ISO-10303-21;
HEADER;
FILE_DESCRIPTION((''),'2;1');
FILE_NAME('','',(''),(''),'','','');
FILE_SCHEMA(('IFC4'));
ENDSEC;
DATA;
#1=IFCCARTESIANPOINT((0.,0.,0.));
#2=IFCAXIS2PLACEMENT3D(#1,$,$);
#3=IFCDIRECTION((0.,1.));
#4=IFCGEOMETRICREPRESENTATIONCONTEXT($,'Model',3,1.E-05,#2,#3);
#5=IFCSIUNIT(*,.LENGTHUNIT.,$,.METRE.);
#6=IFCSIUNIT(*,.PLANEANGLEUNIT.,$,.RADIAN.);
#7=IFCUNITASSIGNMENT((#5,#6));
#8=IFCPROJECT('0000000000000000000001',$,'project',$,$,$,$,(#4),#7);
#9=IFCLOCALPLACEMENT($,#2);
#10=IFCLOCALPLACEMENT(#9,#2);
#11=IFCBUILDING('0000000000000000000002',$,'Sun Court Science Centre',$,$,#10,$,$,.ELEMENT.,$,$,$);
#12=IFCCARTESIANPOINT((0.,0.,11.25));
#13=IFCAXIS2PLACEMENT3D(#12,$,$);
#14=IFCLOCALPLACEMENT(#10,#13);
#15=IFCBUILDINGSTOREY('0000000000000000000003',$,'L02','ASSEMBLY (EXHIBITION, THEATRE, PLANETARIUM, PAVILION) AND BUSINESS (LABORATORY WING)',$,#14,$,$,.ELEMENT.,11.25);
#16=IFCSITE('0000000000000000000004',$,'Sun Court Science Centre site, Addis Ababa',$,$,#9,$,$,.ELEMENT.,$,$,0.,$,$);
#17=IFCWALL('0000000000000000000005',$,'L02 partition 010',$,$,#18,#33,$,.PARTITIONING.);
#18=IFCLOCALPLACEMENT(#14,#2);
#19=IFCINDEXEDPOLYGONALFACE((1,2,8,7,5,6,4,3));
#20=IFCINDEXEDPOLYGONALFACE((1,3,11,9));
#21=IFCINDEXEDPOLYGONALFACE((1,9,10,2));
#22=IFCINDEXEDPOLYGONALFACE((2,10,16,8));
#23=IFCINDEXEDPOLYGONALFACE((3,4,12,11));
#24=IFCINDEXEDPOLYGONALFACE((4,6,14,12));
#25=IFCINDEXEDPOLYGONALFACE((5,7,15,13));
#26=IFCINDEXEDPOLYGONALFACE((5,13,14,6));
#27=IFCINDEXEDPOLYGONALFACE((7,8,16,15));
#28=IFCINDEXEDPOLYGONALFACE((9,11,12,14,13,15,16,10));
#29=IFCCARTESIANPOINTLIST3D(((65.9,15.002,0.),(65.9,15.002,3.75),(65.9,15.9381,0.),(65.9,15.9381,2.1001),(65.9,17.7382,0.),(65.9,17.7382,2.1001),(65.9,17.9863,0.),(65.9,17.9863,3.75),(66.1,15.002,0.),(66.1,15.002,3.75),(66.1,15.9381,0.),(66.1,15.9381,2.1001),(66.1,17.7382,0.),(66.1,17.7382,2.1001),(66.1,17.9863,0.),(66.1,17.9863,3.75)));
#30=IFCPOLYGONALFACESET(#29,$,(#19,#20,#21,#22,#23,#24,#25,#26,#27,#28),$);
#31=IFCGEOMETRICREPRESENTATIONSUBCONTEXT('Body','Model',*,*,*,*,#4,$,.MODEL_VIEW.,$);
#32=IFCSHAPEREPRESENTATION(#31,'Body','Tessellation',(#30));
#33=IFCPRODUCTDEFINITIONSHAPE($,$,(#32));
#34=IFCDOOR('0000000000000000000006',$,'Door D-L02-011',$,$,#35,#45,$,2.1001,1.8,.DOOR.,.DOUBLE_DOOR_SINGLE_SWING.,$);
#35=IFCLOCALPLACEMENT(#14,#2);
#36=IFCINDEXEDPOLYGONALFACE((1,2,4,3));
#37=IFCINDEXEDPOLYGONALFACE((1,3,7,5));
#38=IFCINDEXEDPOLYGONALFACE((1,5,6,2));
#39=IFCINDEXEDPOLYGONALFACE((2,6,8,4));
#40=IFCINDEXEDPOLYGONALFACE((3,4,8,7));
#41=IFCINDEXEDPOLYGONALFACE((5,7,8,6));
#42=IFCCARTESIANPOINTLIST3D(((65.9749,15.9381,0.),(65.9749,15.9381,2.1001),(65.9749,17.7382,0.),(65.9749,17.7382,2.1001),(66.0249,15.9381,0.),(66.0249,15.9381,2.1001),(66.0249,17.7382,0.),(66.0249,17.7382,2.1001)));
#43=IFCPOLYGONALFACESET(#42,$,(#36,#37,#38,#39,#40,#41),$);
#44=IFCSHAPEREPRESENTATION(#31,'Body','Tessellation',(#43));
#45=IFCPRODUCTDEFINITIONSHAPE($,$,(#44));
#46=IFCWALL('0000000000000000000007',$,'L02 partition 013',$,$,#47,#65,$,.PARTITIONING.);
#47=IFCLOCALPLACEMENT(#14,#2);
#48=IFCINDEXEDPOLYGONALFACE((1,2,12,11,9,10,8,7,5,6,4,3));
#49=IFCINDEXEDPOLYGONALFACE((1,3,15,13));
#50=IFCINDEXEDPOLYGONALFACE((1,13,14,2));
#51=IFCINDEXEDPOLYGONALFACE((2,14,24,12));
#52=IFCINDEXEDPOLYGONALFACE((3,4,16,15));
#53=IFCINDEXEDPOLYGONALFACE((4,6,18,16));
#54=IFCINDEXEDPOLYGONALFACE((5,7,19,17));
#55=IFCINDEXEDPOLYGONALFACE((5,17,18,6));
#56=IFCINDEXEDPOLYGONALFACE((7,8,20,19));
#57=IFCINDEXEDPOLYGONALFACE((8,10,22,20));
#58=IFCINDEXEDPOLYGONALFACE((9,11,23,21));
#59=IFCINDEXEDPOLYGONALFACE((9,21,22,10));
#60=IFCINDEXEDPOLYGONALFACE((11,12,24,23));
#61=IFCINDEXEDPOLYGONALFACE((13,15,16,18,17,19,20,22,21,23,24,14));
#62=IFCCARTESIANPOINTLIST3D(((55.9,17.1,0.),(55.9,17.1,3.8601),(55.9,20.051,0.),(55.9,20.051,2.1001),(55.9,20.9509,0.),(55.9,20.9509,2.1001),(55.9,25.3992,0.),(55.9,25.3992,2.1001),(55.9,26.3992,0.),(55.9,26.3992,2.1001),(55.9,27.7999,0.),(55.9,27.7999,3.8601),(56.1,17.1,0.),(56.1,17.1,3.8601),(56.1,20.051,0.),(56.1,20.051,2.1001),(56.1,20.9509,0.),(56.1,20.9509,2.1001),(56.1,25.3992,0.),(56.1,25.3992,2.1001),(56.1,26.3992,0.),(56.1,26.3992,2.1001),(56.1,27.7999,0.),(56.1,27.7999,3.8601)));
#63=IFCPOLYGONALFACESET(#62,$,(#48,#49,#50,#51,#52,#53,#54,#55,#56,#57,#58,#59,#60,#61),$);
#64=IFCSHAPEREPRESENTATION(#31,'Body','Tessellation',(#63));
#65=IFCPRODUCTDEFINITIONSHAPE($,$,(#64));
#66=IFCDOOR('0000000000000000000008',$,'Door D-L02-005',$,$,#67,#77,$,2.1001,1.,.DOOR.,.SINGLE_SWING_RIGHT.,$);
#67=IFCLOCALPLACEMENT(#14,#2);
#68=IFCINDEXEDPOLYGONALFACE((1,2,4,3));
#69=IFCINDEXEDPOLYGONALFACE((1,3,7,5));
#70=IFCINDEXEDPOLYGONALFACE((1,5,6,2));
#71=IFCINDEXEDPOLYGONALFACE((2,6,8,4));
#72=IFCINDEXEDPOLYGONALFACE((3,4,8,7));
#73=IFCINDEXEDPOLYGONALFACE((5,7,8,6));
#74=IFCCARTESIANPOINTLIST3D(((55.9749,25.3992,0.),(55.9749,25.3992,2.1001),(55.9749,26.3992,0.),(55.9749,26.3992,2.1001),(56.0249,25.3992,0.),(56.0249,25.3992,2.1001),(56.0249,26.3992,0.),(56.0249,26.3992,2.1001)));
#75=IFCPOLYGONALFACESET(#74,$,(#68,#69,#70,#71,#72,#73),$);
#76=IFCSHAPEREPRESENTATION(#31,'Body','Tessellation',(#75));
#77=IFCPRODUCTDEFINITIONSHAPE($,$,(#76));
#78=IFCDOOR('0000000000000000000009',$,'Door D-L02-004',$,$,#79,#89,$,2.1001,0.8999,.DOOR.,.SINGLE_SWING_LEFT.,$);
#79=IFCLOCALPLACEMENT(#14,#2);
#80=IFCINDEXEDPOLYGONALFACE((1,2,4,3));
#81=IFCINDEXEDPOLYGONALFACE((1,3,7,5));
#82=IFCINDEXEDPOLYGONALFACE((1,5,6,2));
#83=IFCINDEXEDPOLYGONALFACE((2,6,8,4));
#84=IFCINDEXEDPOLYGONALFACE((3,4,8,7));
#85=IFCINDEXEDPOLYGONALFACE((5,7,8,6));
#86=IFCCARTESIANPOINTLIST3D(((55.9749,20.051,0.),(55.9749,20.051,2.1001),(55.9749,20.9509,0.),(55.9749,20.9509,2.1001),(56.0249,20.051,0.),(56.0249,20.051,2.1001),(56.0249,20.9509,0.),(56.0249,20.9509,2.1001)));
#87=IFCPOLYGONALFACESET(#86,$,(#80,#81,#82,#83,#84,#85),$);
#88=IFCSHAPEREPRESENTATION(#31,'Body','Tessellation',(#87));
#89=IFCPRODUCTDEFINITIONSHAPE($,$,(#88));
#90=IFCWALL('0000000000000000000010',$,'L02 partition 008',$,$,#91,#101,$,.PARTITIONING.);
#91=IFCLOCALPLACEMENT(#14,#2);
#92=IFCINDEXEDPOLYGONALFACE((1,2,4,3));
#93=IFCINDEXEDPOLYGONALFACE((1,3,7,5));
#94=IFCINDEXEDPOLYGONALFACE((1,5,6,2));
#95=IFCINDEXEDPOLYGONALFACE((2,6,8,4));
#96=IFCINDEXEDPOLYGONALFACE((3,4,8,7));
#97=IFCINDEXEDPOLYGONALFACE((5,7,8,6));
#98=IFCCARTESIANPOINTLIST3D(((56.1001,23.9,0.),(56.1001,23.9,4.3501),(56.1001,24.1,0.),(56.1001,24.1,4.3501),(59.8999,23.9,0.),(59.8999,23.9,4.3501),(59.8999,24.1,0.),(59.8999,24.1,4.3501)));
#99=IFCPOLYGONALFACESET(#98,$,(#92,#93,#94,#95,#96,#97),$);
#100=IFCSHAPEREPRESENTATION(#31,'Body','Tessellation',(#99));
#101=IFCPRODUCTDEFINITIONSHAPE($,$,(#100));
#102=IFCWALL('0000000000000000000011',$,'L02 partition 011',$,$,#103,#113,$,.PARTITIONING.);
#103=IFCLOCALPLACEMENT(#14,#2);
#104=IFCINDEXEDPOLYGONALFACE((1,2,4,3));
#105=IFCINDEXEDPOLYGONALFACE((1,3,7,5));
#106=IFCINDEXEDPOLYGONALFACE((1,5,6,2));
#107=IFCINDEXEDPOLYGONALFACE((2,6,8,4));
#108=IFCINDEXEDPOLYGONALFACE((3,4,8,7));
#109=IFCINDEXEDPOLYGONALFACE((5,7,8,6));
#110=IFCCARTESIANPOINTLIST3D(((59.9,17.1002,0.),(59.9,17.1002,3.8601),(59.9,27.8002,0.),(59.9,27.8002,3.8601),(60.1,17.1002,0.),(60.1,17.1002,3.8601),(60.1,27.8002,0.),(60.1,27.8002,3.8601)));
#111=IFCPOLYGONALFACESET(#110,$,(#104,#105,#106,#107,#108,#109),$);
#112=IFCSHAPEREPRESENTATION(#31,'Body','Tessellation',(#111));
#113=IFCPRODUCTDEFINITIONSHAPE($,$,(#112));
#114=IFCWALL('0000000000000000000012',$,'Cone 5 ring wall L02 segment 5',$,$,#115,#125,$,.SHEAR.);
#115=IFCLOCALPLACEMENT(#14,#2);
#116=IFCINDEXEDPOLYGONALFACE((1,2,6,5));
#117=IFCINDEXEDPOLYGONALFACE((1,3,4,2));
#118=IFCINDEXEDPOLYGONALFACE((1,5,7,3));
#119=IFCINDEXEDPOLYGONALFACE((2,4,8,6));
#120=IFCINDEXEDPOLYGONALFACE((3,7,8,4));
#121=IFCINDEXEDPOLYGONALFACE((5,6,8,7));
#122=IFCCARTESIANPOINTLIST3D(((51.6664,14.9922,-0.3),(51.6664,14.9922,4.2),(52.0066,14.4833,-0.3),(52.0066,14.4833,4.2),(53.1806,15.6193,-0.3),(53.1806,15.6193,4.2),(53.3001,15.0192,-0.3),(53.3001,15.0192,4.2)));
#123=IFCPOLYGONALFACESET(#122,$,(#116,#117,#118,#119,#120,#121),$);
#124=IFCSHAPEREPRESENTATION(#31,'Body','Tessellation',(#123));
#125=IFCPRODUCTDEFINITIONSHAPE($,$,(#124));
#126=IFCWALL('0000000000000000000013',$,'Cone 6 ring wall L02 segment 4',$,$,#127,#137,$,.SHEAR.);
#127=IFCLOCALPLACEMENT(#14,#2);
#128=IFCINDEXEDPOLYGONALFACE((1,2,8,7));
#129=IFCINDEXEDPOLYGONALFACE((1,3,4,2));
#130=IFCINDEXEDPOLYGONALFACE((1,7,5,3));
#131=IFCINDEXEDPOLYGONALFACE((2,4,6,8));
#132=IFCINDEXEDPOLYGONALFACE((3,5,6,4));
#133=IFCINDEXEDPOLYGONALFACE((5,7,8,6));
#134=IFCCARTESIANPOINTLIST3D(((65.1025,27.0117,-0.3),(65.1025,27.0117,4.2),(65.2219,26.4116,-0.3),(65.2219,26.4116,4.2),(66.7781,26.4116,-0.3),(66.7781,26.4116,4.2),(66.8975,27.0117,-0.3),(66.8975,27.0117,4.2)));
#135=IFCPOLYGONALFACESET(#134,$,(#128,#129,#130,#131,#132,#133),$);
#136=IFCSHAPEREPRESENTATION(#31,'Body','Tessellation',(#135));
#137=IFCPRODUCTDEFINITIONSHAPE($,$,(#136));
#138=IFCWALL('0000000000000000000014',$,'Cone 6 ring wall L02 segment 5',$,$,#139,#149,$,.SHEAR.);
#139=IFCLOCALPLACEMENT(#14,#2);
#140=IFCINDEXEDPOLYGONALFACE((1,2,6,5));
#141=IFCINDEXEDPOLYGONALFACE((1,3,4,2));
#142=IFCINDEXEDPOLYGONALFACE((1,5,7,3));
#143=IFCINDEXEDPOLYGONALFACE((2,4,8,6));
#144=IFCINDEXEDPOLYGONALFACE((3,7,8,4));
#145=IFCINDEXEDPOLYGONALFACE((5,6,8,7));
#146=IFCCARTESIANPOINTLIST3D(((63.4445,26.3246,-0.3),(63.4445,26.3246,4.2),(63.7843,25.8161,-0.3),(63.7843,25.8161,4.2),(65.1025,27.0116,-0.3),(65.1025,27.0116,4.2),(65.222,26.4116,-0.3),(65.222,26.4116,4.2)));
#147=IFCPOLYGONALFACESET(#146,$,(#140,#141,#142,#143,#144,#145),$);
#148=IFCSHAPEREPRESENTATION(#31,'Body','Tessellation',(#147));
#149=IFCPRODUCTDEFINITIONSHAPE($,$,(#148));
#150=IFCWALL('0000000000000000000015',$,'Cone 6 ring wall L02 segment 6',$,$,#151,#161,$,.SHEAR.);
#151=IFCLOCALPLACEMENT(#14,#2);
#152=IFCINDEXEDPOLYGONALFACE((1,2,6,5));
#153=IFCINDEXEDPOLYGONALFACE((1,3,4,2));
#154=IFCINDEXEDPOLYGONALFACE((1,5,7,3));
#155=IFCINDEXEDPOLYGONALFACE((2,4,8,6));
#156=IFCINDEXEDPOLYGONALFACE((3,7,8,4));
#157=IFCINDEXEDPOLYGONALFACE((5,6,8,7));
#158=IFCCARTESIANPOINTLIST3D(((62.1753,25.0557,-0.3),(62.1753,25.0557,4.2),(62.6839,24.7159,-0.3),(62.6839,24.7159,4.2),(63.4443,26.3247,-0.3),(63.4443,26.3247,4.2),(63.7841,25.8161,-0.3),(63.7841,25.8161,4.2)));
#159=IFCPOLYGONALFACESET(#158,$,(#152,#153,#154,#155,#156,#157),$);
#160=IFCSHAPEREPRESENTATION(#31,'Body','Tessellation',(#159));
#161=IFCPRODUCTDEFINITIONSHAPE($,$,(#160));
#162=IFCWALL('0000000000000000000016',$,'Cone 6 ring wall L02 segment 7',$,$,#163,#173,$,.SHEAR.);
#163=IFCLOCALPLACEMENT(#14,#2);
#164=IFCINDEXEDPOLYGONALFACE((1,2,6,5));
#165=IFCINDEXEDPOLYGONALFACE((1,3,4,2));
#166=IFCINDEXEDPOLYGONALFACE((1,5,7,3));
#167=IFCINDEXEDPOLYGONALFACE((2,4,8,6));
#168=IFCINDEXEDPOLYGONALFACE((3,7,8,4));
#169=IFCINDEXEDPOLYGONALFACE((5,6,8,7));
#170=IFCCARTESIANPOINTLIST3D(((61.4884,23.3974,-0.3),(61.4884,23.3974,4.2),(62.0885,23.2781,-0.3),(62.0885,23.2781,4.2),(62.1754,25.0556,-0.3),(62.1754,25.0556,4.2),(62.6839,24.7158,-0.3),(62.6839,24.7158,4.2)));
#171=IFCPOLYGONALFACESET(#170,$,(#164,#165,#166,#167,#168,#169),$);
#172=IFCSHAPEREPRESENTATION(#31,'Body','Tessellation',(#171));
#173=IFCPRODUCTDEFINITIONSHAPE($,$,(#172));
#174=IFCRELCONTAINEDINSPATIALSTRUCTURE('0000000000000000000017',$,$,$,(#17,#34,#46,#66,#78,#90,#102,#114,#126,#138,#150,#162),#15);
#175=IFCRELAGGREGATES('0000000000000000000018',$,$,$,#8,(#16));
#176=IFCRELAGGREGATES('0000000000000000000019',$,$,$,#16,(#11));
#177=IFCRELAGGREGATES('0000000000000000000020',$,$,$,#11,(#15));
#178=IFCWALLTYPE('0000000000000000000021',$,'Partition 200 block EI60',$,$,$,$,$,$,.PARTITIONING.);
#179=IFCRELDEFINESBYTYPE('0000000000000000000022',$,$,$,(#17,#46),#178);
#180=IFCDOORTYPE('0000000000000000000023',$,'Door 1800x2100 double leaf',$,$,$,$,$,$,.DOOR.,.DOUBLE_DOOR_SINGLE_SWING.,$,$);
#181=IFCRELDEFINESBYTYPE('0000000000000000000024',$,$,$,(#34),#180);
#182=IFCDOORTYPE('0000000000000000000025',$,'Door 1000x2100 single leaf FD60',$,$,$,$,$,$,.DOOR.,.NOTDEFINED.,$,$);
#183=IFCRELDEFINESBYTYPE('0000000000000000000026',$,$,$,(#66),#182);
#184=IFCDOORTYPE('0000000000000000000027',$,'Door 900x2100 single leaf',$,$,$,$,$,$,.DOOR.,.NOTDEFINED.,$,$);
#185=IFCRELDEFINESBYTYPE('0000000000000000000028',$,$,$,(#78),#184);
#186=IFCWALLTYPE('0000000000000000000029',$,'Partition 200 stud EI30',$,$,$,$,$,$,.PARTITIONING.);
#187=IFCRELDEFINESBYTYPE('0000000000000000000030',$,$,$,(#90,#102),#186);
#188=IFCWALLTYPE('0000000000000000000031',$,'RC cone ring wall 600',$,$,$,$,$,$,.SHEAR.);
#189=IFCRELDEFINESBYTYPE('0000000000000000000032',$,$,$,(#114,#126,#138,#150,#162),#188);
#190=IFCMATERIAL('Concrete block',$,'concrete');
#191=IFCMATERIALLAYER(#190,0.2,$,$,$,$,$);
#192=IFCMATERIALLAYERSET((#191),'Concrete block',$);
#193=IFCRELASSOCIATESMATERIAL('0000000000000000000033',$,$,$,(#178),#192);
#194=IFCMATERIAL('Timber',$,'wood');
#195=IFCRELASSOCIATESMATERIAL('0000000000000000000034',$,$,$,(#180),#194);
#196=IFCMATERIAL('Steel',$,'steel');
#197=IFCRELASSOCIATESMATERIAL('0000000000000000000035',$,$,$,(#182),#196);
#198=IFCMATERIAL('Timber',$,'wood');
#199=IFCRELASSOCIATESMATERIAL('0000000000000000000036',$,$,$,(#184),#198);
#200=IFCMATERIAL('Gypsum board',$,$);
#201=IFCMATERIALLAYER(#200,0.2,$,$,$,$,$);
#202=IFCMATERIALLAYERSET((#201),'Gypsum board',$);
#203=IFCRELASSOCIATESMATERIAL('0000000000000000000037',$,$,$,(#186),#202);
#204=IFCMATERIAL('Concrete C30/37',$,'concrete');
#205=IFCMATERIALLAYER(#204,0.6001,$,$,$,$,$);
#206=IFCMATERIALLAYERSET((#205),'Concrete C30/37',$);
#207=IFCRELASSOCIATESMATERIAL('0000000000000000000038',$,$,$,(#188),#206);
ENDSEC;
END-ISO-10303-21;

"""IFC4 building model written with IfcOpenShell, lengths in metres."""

from ifc_helpers import new_model, si_unit, direction, frame, frame_2d, origin, place, context, subcontext, project, spatial, polyline, rectangle, outline, extrude, material, layer, layer_set, type_object, element, fill, save


model = new_model("IFC4")

# Units and contexts
model_context = context("Model", 3, precision=1e-05, world=origin(), true_north=direction((0.0, 1.0)))
body_context = subcontext(model_context, "Body", "Model", "MODEL_VIEW")
ifc_project = project(units=[si_unit("LENGTHUNIT", "METRE"), si_unit("PLANEANGLEUNIT", "RADIAN")], contexts=[model_context])

# Site, building, storey
site_placement = place(None, origin())
site = spatial("IfcSite", under=ifc_project, at=site_placement, Name="Sun Court Science Centre site, Addis Ababa", CompositionType="ELEMENT", RefElevation=0.0)
building_placement = place(site_placement, origin())
building = spatial("IfcBuilding", under=site, at=building_placement, Name="Sun Court Science Centre", CompositionType="ELEMENT")
storey_placement = place(building_placement, frame((0.0, 0.0, 11.25)))
storey = spatial("IfcBuildingStorey", under=building, at=storey_placement, Name="L02", Description="ASSEMBLY (EXHIBITION, THEATRE, PLANETARIUM, PAVILION) AND BUSINESS (LABORATORY WING)", CompositionType="ELEMENT", Elevation=11.25)

# Shared definitions
ifc_material_1 = material(Name="Concrete block", Category="concrete")
ifc_layer_1 = layer(ifc_material_1, 0.2)
ifc_layer_set_1 = layer_set([ifc_layer_1], Name="Concrete block")
wall_type_1 = type_object("IfcWallType", Name="Partition 200 block EI60", PredefinedType="PARTITIONING", material=ifc_layer_set_1)

# Wall, opening, door
wall_1_placement = place(storey_placement, frame((66.0, 17.9863, 0.0), z_axis=(0.0, 0.0, 1.0), x_axis=(0.0, -1.0, 0.0)))
wall_1 = element("IfcWall", 1, at=wall_1_placement, inside=storey, type_object=wall_type_1, Name="L02 partition 010", PredefinedType="PARTITIONING", context=body_context, shape_type="SweptSolid", body=[
    extrude(rectangle(XDim=2.9844, YDim=0.2, at=frame_2d((1.4922, 0.0))), origin(), (0.0, 0.0, 1.0), 3.75),
])
opening_1_placement = place(wall_1_placement, frame((0.2483, 0.0, 0.0)))
opening_1 = element("IfcOpeningElement", 2, at=opening_1_placement, cuts=wall_1, PredefinedType="OPENING", context=body_context, shape_type="SweptSolid", body=[
    extrude(rectangle(XDim=1.8, YDim=2.1001, at=frame_2d((0.8999, 1.05))), frame((0.0, 0.1099, 0.0), z_axis=(0.0, -1.0, 0.0), x_axis=(1.0, 0.0, 0.0)), (0.0, 0.0, 1.0), 0.22),
])
ifc_material_2 = material(Name="Timber", Category="wood")
door_type_1 = type_object("IfcDoorType", Name="Door 1800x2100 double leaf", OperationType="DOUBLE_DOOR_SINGLE_SWING", PredefinedType="DOOR", material=ifc_material_2)
door_1_placement = place(opening_1_placement, origin())
door_1 = element("IfcDoor", 3, at=door_1_placement, inside=storey, type_object=door_type_1, Name="Door D-L02-011", OperationType="DOUBLE_DOOR_SINGLE_SWING", OverallHeight=2.1001, OverallWidth=1.8, PredefinedType="DOOR", context=body_context, shape_type="SweptSolid", body=[
    extrude(rectangle(XDim=1.8, YDim=2.1001, at=frame_2d((0.8999, 1.05))), frame((0.0, 0.0249, 0.0), z_axis=(0.0, -1.0, 0.0), x_axis=(1.0, 0.0, 0.0)), (0.0, 0.0, 1.0), 0.05),
])
fill(opening_1, door_1)

# Wall, openings, doors
wall_2_placement = place(storey_placement, frame((56.0, 27.8, 0.0), z_axis=(0.0, 0.0, 1.0), x_axis=(0.0, -1.0, 0.0)))
wall_2 = element("IfcWall", 4, at=wall_2_placement, inside=storey, type_object=wall_type_1, Name="L02 partition 013", PredefinedType="PARTITIONING", context=body_context, shape_type="SweptSolid", body=[
    extrude(rectangle(XDim=10.7, YDim=0.2, at=frame_2d((5.3501, 0.0))), origin(), (0.0, 0.0, 1.0), 3.8601),
])
opening_2_placement = place(wall_2_placement, frame((6.8491, 0.0, 0.0)))
opening_2 = element("IfcOpeningElement", 5, at=opening_2_placement, cuts=wall_2, PredefinedType="OPENING", context=body_context, shape_type="SweptSolid", body=[
    extrude(rectangle(XDim=0.8999, YDim=2.1001, at=frame_2d((0.45, 1.05))), frame((0.0, 0.1099, 0.0), z_axis=(0.0, -1.0, 0.0), x_axis=(1.0, 0.0, 0.0)), (0.0, 0.0, 1.0), 0.22),
])
opening_3_placement = place(wall_2_placement, frame((1.4009, 0.0, 0.0)))
opening_3 = element("IfcOpeningElement", 6, at=opening_3_placement, cuts=wall_2, PredefinedType="OPENING", context=body_context, shape_type="SweptSolid", body=[
    extrude(rectangle(XDim=1.0, YDim=2.1001, at=frame_2d((0.5, 1.05))), frame((0.0, 0.1099, 0.0), z_axis=(0.0, -1.0, 0.0), x_axis=(1.0, 0.0, 0.0)), (0.0, 0.0, 1.0), 0.22),
])
ifc_material_3 = material(Name="Steel", Category="steel")
door_type_2 = type_object("IfcDoorType", Name="Door 1000x2100 single leaf FD60", OperationType="NOTDEFINED", PredefinedType="DOOR", material=ifc_material_3)
door_2_placement = place(opening_3_placement, origin())
door_2 = element("IfcDoor", 7, at=door_2_placement, inside=storey, type_object=door_type_2, Name="Door D-L02-005", OperationType="SINGLE_SWING_RIGHT", OverallHeight=2.1001, OverallWidth=1.0, PredefinedType="DOOR", context=body_context, shape_type="SweptSolid", body=[
    extrude(rectangle(XDim=1.0, YDim=2.1001, at=frame_2d((0.5, 1.05))), frame((0.0, 0.0249, 0.0), z_axis=(0.0, -1.0, 0.0), x_axis=(1.0, 0.0, 0.0)), (0.0, 0.0, 1.0), 0.05),
])
fill(opening_3, door_2)
ifc_material_4 = material(Name="Timber", Category="wood")
door_type_3 = type_object("IfcDoorType", Name="Door 900x2100 single leaf", OperationType="NOTDEFINED", PredefinedType="DOOR", material=ifc_material_4)
door_3_placement = place(opening_2_placement, origin())
door_3 = element("IfcDoor", 8, at=door_3_placement, inside=storey, type_object=door_type_3, Name="Door D-L02-004", OperationType="SINGLE_SWING_LEFT", OverallHeight=2.1001, OverallWidth=0.8999, PredefinedType="DOOR", context=body_context, shape_type="SweptSolid", body=[
    extrude(rectangle(XDim=0.8999, YDim=2.1001, at=frame_2d((0.45, 1.05))), frame((0.0, 0.0249, 0.0), z_axis=(0.0, -1.0, 0.0), x_axis=(1.0, 0.0, 0.0)), (0.0, 0.0, 1.0), 0.05),
])
fill(opening_2, door_3)

# Walls
ifc_material_5 = material(Name="Gypsum board")
ifc_layer_2 = layer(ifc_material_5, 0.2)
ifc_layer_set_2 = layer_set([ifc_layer_2], Name="Gypsum board")
wall_type_2 = type_object("IfcWallType", Name="Partition 200 stud EI30", PredefinedType="PARTITIONING", material=ifc_layer_set_2)
wall_3_placement = place(storey_placement, frame((56.1001, 24.0, 0.0), z_axis=(0.0, 0.0, 1.0), x_axis=(1.0, 0.0, 0.0)))
element("IfcWall", 9, at=wall_3_placement, inside=storey, type_object=wall_type_2, Name="L02 partition 008", PredefinedType="PARTITIONING", context=body_context, shape_type="SweptSolid", body=[
    extrude(rectangle(XDim=3.7998, YDim=0.2, at=frame_2d((1.8999, 0.0))), origin(), (0.0, 0.0, 1.0), 4.3501),
])
wall_4_placement = place(storey_placement, frame((60.0, 17.1001, 0.0), z_axis=(0.0, 0.0, 1.0), x_axis=(0.0, 1.0, 0.0)))
element("IfcWall", 10, at=wall_4_placement, inside=storey, type_object=wall_type_2, Name="L02 partition 011", PredefinedType="PARTITIONING", context=body_context, shape_type="SweptSolid", body=[
    extrude(rectangle(XDim=10.7, YDim=0.2, at=frame_2d((5.3501, 0.0))), origin(), (0.0, 0.0, 1.0), 3.8601),
])
ifc_material_6 = material(Name="Concrete C30/37", Category="concrete")
ifc_layer_3 = layer(ifc_material_6, 0.6001)
ifc_layer_set_3 = layer_set([ifc_layer_3], Name="Concrete C30/37")
wall_type_3 = type_object("IfcWallType", Name="RC cone ring wall 600", PredefinedType="SHEAR", material=ifc_layer_set_3)
wall_5_placement = place(storey_placement, frame((53.2954, 15.342, -0.3), z_axis=(0.0, 0.0, 1.0), x_axis=(-0.923908, -0.382615, 0.0)))
element("IfcWall", 11, at=wall_5_placement, inside=storey, type_object=wall_type_3, Name="Cone 5 ring wall L02 segment 5", PredefinedType="SHEAR", context=body_context, shape_type="SweptSolid", body=[
    extrude(outline(polyline([(0.0, -0.3), (1.6389, -0.3), (1.5193, 0.3003), (0.1191, 0.3), (0.0, -0.3)])), origin(), (0.0, 0.0, 1.0), 4.5),
])
wall_6_placement = place(storey_placement, frame((66.8975, 26.7117, -0.3), z_axis=(0.0, 0.0, 1.0), x_axis=(-1.0, 0.0, 0.0)))
element("IfcWall", 12, at=wall_6_placement, inside=storey, type_object=wall_type_3, Name="Cone 6 ring wall L02 segment 4", PredefinedType="SHEAR", context=body_context, shape_type="SweptSolid", body=[
    extrude(outline(polyline([(0.0, -0.3), (1.7949, -0.3), (1.6755, 0.3), (0.1194, 0.3), (0.0, -0.3)])), origin(), (0.0, 0.0, 1.0), 4.5),
])
wall_7_placement = place(storey_placement, frame((65.2173, 26.7344, -0.3), z_axis=(0.0, 0.0, 1.0), x_axis=(-0.923896, -0.382644, 0.0)))
element("IfcWall", 13, at=wall_7_placement, inside=storey, type_object=wall_type_3, Name="Cone 6 ring wall L02 segment 5", PredefinedType="SHEAR", context=body_context, shape_type="SweptSolid", body=[
    extrude(outline(polyline([(0.0, -0.3), (1.7947, -0.2998), (1.6753, 0.3), (0.1191, 0.3), (0.0, -0.3)])), origin(), (0.0, 0.0, 1.0), 4.5),
])
wall_8_placement = place(storey_placement, frame((63.6565, 26.1125, -0.3), z_axis=(0.0, 0.0, 1.0), x_axis=(-0.707107, -0.707107, 0.0)))
element("IfcWall", 14, at=wall_8_placement, inside=storey, type_object=wall_type_3, Name="Cone 6 ring wall L02 segment 6", PredefinedType="SHEAR", context=body_context, shape_type="SweptSolid", body=[
    extrude(outline(polyline([(0.0, -0.3), (1.7947, -0.3), (1.6753, 0.2998), (0.1194, 0.2998), (0.0, -0.3)])), origin(), (0.0, 0.0, 1.0), 4.5),
])
wall_9_placement = place(storey_placement, frame((62.4524, 24.9409, -0.3), z_axis=(0.0, 0.0, 1.0), x_axis=(-0.382644, -0.923896, 0.0)))
element("IfcWall", 15, at=wall_9_placement, inside=storey, type_object=wall_type_3, Name="Cone 6 ring wall L02 segment 7", PredefinedType="SHEAR", context=body_context, shape_type="SweptSolid", body=[
    extrude(outline(polyline([(0.0, -0.2998), (1.7949, -0.3), (1.6755, 0.3), (0.1194, 0.3), (0.0, -0.2998)])), origin(), (0.0, 0.0, 1.0), 4.5),
])

save(model, "model.ifc")
